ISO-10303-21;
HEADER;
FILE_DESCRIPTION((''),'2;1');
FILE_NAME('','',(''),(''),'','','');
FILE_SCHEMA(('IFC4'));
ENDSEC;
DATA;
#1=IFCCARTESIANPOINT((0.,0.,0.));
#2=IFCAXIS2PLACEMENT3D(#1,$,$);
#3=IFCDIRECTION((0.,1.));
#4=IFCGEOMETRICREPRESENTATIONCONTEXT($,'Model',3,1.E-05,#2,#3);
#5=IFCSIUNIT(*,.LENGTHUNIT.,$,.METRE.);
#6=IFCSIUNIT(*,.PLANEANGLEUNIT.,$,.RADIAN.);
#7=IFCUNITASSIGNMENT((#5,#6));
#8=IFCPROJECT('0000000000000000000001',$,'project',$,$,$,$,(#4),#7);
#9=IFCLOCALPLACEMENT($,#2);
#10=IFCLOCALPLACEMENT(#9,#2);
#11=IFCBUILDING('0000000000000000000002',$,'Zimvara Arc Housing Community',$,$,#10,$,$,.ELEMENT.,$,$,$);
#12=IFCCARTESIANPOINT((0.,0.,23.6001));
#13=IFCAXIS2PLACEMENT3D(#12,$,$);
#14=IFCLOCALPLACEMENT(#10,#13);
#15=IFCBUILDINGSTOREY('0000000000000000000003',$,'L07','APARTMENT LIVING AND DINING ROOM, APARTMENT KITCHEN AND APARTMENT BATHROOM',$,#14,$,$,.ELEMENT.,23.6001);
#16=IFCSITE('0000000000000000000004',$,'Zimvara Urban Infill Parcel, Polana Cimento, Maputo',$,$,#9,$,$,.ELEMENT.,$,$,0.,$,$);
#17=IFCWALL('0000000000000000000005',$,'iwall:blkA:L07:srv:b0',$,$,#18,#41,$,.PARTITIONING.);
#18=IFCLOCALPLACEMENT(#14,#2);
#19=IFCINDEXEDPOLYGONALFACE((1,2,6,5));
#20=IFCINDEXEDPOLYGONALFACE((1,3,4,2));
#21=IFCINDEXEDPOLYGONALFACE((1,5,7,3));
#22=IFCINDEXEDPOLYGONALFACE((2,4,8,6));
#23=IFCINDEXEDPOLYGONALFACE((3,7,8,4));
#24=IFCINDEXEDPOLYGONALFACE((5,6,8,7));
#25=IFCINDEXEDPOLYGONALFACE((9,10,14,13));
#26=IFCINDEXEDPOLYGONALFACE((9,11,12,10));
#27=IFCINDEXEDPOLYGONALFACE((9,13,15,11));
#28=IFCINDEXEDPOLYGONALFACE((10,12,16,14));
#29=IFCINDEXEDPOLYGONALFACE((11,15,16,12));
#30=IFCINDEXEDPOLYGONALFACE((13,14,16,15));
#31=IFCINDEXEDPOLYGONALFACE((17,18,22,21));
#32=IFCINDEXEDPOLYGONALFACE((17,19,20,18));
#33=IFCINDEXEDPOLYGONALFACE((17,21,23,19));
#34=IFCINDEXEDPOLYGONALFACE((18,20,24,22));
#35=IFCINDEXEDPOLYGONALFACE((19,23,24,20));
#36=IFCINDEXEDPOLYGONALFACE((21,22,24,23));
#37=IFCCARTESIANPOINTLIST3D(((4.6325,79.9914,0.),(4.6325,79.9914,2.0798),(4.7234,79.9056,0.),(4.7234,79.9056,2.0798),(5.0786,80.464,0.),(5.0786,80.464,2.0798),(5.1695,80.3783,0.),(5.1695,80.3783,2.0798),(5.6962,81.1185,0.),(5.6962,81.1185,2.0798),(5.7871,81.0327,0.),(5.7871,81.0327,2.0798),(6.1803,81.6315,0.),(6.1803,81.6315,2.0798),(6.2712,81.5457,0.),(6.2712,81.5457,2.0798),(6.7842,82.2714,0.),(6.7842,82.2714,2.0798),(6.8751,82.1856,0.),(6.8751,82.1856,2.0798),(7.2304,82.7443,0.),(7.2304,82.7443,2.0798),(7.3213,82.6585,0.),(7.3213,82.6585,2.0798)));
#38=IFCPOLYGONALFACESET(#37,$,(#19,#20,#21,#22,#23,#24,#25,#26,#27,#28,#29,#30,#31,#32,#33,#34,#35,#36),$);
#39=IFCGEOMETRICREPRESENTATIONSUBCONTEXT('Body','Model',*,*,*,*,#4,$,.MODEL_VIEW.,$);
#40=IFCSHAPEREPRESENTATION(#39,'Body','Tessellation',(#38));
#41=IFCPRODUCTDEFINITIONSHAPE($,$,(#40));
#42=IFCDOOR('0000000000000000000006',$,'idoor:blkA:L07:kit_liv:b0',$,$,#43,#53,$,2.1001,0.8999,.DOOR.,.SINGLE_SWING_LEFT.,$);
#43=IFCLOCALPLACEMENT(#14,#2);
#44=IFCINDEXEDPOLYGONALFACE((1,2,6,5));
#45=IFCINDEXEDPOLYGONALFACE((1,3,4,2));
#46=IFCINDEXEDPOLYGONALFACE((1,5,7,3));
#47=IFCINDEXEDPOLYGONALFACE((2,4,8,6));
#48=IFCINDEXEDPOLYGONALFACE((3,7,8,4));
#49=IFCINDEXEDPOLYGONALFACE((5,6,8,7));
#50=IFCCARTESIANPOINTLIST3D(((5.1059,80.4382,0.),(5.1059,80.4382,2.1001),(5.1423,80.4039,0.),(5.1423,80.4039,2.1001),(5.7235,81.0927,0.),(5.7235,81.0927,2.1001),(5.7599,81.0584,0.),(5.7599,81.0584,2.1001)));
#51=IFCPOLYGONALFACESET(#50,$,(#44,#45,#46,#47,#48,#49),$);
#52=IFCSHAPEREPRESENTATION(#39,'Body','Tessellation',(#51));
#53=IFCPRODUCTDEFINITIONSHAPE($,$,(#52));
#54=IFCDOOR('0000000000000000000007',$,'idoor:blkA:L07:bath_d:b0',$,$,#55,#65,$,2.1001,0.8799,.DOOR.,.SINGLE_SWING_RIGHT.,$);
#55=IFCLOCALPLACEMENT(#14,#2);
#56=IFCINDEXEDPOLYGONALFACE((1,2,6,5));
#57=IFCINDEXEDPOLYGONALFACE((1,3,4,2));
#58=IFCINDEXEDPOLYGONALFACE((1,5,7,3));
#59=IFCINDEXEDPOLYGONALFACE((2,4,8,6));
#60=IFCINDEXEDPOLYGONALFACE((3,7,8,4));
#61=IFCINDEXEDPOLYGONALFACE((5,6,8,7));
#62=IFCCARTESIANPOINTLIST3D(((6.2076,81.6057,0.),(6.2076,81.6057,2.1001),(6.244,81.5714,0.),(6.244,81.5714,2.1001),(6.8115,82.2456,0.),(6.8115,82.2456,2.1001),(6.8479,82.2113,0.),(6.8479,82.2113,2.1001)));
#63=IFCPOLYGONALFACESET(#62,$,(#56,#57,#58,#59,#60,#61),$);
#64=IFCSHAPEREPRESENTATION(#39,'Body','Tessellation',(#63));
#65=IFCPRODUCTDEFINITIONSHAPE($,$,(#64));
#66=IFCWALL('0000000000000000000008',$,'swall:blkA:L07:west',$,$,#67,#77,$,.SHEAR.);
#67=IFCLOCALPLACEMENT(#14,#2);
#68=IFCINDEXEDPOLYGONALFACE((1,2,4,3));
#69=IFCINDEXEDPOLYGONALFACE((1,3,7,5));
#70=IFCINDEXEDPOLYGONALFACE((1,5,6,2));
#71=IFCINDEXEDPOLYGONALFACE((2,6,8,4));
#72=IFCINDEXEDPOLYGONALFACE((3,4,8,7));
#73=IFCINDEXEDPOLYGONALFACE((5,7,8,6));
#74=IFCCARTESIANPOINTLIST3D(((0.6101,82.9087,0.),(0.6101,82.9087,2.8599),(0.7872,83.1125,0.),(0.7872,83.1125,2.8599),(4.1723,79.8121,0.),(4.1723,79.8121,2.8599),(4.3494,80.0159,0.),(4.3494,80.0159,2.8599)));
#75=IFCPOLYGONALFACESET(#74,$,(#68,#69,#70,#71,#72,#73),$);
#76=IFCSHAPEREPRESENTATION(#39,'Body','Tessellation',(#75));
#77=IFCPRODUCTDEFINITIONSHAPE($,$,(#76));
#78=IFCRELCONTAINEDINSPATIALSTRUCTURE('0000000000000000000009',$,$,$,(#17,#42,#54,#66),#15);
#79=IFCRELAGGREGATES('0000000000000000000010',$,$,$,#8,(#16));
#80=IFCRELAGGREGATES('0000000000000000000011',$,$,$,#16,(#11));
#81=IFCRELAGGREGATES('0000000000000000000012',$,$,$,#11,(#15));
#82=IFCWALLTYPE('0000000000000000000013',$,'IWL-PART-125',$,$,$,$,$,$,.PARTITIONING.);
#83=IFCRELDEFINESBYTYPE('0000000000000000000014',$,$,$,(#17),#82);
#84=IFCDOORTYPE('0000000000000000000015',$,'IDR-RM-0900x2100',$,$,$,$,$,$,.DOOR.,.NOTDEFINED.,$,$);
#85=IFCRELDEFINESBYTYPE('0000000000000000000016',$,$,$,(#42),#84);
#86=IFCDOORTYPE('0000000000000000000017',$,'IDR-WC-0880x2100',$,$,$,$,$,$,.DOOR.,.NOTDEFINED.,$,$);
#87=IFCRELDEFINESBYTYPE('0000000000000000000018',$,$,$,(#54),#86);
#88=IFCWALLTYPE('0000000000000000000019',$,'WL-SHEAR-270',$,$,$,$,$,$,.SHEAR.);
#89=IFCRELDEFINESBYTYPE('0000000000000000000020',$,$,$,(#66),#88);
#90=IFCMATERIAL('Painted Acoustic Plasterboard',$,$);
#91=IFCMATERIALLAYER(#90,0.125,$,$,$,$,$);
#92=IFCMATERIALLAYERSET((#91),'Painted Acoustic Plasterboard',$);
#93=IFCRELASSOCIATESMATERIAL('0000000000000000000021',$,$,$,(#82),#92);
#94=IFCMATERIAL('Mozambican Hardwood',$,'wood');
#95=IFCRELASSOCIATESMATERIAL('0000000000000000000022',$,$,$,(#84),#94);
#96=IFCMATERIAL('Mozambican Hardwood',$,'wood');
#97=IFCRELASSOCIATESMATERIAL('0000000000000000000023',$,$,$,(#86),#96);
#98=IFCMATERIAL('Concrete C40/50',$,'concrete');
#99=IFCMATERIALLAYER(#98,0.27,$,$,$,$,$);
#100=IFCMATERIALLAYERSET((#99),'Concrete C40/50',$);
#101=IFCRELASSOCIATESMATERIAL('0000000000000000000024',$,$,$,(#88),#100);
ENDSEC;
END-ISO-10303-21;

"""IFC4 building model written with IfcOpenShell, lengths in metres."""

from ifc_helpers import new_model, si_unit, direction, frame, frame_2d, origin, place, context, subcontext, project, spatial, rectangle, extrude, material, layer, layer_set, type_object, element, fill, save


model = new_model("IFC4")

# Units and contexts
model_context = context("Model", 3, precision=1e-05, world=origin(), true_north=direction((0.0, 1.0)))
body_context = subcontext(model_context, "Body", "Model", "MODEL_VIEW")
ifc_project = project(units=[si_unit("LENGTHUNIT", "METRE"), si_unit("PLANEANGLEUNIT", "RADIAN")], contexts=[model_context])

# Site, building, storey
site_placement = place(None, origin())
site = spatial("IfcSite", under=ifc_project, at=site_placement, Name="Zimvara Urban Infill Parcel, Polana Cimento, Maputo", CompositionType="ELEMENT", RefElevation=0.0)
building_placement = place(site_placement, origin())
building = spatial("IfcBuilding", under=site, at=building_placement, Name="Zimvara Arc Housing Community", CompositionType="ELEMENT")
storey_placement = place(building_placement, frame((0.0, 0.0, 23.6001)))
storey = spatial("IfcBuildingStorey", under=building, at=storey_placement, Name="L07", Description="APARTMENT LIVING AND DINING ROOM, APARTMENT KITCHEN AND APARTMENT BATHROOM", CompositionType="ELEMENT", Elevation=23.6001)

# Wall, openings, doors
ifc_material_1 = material(Name="Painted Acoustic Plasterboard")
ifc_layer_1 = layer(ifc_material_1, 0.125)
ifc_layer_set_1 = layer_set([ifc_layer_1], Name="Painted Acoustic Plasterboard")
wall_type_1 = type_object("IfcWallType", Name="IWL-PART-125", PredefinedType="PARTITIONING", material=ifc_layer_set_1)
wall_1_placement = place(storey_placement, frame((4.678, 79.9485, 0.0), z_axis=(0.0, 0.0, 1.0), x_axis=(0.686332, 0.727289, 0.0)))
wall_1 = element("IfcWall", 1, at=wall_1_placement, inside=storey, type_object=wall_type_1, Name="iwall:blkA:L07:srv:b0", PredefinedType="PARTITIONING", context=body_context, shape_type="SweptSolid", body=[
    extrude(rectangle(XDim=3.7852, YDim=0.125, at=frame_2d((1.8926, 0.0))), origin(), (0.0, 0.0, 1.0), 2.0798),
])
opening_1_placement = place(wall_1_placement, frame((0.6499, 0.0, 0.0)))
opening_1 = element("IfcOpeningElement", 2, at=opening_1_placement, cuts=wall_1, PredefinedType="OPENING", context=body_context, shape_type="SweptSolid", body=[
    extrude(rectangle(XDim=0.8999, YDim=2.1001, at=frame_2d((0.45, 1.05))), frame((0.0, 0.0725, 0.0), z_axis=(0.0, -1.0, 0.0), x_axis=(1.0, 0.0, 0.0)), (0.0, 0.0, 1.0), 0.145),
])
opening_2_placement = place(wall_1_placement, frame((2.2551, 0.0, 0.0)))
opening_2 = element("IfcOpeningElement", 3, at=opening_2_placement, cuts=wall_1, PredefinedType="OPENING", context=body_context, shape_type="SweptSolid", body=[
    extrude(rectangle(XDim=0.8799, YDim=2.1001, at=frame_2d((0.4399, 1.05))), frame((0.0, 0.0725, 0.0), z_axis=(0.0, -1.0, 0.0), x_axis=(1.0, 0.0, 0.0)), (0.0, 0.0, 1.0), 0.145),
])
ifc_material_2 = material(Name="Mozambican Hardwood", Category="wood")
door_type_1 = type_object("IfcDoorType", Name="IDR-RM-0900x2100", OperationType="NOTDEFINED", PredefinedType="DOOR", material=ifc_material_2)
door_1_placement = place(opening_1_placement, origin())
door_1 = element("IfcDoor", 4, at=door_1_placement, inside=storey, type_object=door_type_1, Name="idoor:blkA:L07:kit_liv:b0", OperationType="SINGLE_SWING_LEFT", OverallHeight=2.1001, OverallWidth=0.8999, PredefinedType="DOOR", context=body_context, shape_type="SweptSolid", body=[
    extrude(rectangle(XDim=0.8999, YDim=2.1001, at=frame_2d((0.45, 1.05))), frame((0.0, 0.0249, 0.0), z_axis=(0.0, -1.0, 0.0), x_axis=(1.0, 0.0, 0.0)), (0.0, 0.0, 1.0), 0.05),
])
fill(opening_1, door_1)
ifc_material_3 = material(Name="Mozambican Hardwood", Category="wood")
door_type_2 = type_object("IfcDoorType", Name="IDR-WC-0880x2100", OperationType="NOTDEFINED", PredefinedType="DOOR", material=ifc_material_3)
door_2_placement = place(opening_2_placement, origin())
door_2 = element("IfcDoor", 5, at=door_2_placement, inside=storey, type_object=door_type_2, Name="idoor:blkA:L07:bath_d:b0", OperationType="SINGLE_SWING_RIGHT", OverallHeight=2.1001, OverallWidth=0.8799, PredefinedType="DOOR", context=body_context, shape_type="SweptSolid", body=[
    extrude(rectangle(XDim=0.8799, YDim=2.1001, at=frame_2d((0.4399, 1.05))), frame((0.0, 0.0249, 0.0), z_axis=(0.0, -1.0, 0.0), x_axis=(1.0, 0.0, 0.0)), (0.0, 0.0, 1.0), 0.05),
])
fill(opening_2, door_2)

# Wall
ifc_material_4 = material(Name="Concrete C40/50", Category="concrete")
ifc_layer_2 = layer(ifc_material_4, 0.27)
ifc_layer_set_2 = layer_set([ifc_layer_2], Name="Concrete C40/50")
wall_type_2 = type_object("IfcWallType", Name="WL-SHEAR-270", PredefinedType="SHEAR", material=ifc_layer_set_2)
wall_2_placement = place(storey_placement, frame((4.2607, 79.9141, 0.0), z_axis=(0.0, 0.0, 1.0), x_axis=(-0.754704, 0.656066, 0.0)))
element("IfcWall", 6, at=wall_2_placement, inside=storey, type_object=wall_type_2, Name="swall:blkA:L07:west", PredefinedType="SHEAR", context=body_context, shape_type="SweptSolid", body=[
    extrude(rectangle(XDim=4.72, YDim=0.27, at=frame_2d((2.3599, 0.0))), origin(), (0.0, 0.0, 1.0), 2.8599),
])

save(model, "model.ifc")
